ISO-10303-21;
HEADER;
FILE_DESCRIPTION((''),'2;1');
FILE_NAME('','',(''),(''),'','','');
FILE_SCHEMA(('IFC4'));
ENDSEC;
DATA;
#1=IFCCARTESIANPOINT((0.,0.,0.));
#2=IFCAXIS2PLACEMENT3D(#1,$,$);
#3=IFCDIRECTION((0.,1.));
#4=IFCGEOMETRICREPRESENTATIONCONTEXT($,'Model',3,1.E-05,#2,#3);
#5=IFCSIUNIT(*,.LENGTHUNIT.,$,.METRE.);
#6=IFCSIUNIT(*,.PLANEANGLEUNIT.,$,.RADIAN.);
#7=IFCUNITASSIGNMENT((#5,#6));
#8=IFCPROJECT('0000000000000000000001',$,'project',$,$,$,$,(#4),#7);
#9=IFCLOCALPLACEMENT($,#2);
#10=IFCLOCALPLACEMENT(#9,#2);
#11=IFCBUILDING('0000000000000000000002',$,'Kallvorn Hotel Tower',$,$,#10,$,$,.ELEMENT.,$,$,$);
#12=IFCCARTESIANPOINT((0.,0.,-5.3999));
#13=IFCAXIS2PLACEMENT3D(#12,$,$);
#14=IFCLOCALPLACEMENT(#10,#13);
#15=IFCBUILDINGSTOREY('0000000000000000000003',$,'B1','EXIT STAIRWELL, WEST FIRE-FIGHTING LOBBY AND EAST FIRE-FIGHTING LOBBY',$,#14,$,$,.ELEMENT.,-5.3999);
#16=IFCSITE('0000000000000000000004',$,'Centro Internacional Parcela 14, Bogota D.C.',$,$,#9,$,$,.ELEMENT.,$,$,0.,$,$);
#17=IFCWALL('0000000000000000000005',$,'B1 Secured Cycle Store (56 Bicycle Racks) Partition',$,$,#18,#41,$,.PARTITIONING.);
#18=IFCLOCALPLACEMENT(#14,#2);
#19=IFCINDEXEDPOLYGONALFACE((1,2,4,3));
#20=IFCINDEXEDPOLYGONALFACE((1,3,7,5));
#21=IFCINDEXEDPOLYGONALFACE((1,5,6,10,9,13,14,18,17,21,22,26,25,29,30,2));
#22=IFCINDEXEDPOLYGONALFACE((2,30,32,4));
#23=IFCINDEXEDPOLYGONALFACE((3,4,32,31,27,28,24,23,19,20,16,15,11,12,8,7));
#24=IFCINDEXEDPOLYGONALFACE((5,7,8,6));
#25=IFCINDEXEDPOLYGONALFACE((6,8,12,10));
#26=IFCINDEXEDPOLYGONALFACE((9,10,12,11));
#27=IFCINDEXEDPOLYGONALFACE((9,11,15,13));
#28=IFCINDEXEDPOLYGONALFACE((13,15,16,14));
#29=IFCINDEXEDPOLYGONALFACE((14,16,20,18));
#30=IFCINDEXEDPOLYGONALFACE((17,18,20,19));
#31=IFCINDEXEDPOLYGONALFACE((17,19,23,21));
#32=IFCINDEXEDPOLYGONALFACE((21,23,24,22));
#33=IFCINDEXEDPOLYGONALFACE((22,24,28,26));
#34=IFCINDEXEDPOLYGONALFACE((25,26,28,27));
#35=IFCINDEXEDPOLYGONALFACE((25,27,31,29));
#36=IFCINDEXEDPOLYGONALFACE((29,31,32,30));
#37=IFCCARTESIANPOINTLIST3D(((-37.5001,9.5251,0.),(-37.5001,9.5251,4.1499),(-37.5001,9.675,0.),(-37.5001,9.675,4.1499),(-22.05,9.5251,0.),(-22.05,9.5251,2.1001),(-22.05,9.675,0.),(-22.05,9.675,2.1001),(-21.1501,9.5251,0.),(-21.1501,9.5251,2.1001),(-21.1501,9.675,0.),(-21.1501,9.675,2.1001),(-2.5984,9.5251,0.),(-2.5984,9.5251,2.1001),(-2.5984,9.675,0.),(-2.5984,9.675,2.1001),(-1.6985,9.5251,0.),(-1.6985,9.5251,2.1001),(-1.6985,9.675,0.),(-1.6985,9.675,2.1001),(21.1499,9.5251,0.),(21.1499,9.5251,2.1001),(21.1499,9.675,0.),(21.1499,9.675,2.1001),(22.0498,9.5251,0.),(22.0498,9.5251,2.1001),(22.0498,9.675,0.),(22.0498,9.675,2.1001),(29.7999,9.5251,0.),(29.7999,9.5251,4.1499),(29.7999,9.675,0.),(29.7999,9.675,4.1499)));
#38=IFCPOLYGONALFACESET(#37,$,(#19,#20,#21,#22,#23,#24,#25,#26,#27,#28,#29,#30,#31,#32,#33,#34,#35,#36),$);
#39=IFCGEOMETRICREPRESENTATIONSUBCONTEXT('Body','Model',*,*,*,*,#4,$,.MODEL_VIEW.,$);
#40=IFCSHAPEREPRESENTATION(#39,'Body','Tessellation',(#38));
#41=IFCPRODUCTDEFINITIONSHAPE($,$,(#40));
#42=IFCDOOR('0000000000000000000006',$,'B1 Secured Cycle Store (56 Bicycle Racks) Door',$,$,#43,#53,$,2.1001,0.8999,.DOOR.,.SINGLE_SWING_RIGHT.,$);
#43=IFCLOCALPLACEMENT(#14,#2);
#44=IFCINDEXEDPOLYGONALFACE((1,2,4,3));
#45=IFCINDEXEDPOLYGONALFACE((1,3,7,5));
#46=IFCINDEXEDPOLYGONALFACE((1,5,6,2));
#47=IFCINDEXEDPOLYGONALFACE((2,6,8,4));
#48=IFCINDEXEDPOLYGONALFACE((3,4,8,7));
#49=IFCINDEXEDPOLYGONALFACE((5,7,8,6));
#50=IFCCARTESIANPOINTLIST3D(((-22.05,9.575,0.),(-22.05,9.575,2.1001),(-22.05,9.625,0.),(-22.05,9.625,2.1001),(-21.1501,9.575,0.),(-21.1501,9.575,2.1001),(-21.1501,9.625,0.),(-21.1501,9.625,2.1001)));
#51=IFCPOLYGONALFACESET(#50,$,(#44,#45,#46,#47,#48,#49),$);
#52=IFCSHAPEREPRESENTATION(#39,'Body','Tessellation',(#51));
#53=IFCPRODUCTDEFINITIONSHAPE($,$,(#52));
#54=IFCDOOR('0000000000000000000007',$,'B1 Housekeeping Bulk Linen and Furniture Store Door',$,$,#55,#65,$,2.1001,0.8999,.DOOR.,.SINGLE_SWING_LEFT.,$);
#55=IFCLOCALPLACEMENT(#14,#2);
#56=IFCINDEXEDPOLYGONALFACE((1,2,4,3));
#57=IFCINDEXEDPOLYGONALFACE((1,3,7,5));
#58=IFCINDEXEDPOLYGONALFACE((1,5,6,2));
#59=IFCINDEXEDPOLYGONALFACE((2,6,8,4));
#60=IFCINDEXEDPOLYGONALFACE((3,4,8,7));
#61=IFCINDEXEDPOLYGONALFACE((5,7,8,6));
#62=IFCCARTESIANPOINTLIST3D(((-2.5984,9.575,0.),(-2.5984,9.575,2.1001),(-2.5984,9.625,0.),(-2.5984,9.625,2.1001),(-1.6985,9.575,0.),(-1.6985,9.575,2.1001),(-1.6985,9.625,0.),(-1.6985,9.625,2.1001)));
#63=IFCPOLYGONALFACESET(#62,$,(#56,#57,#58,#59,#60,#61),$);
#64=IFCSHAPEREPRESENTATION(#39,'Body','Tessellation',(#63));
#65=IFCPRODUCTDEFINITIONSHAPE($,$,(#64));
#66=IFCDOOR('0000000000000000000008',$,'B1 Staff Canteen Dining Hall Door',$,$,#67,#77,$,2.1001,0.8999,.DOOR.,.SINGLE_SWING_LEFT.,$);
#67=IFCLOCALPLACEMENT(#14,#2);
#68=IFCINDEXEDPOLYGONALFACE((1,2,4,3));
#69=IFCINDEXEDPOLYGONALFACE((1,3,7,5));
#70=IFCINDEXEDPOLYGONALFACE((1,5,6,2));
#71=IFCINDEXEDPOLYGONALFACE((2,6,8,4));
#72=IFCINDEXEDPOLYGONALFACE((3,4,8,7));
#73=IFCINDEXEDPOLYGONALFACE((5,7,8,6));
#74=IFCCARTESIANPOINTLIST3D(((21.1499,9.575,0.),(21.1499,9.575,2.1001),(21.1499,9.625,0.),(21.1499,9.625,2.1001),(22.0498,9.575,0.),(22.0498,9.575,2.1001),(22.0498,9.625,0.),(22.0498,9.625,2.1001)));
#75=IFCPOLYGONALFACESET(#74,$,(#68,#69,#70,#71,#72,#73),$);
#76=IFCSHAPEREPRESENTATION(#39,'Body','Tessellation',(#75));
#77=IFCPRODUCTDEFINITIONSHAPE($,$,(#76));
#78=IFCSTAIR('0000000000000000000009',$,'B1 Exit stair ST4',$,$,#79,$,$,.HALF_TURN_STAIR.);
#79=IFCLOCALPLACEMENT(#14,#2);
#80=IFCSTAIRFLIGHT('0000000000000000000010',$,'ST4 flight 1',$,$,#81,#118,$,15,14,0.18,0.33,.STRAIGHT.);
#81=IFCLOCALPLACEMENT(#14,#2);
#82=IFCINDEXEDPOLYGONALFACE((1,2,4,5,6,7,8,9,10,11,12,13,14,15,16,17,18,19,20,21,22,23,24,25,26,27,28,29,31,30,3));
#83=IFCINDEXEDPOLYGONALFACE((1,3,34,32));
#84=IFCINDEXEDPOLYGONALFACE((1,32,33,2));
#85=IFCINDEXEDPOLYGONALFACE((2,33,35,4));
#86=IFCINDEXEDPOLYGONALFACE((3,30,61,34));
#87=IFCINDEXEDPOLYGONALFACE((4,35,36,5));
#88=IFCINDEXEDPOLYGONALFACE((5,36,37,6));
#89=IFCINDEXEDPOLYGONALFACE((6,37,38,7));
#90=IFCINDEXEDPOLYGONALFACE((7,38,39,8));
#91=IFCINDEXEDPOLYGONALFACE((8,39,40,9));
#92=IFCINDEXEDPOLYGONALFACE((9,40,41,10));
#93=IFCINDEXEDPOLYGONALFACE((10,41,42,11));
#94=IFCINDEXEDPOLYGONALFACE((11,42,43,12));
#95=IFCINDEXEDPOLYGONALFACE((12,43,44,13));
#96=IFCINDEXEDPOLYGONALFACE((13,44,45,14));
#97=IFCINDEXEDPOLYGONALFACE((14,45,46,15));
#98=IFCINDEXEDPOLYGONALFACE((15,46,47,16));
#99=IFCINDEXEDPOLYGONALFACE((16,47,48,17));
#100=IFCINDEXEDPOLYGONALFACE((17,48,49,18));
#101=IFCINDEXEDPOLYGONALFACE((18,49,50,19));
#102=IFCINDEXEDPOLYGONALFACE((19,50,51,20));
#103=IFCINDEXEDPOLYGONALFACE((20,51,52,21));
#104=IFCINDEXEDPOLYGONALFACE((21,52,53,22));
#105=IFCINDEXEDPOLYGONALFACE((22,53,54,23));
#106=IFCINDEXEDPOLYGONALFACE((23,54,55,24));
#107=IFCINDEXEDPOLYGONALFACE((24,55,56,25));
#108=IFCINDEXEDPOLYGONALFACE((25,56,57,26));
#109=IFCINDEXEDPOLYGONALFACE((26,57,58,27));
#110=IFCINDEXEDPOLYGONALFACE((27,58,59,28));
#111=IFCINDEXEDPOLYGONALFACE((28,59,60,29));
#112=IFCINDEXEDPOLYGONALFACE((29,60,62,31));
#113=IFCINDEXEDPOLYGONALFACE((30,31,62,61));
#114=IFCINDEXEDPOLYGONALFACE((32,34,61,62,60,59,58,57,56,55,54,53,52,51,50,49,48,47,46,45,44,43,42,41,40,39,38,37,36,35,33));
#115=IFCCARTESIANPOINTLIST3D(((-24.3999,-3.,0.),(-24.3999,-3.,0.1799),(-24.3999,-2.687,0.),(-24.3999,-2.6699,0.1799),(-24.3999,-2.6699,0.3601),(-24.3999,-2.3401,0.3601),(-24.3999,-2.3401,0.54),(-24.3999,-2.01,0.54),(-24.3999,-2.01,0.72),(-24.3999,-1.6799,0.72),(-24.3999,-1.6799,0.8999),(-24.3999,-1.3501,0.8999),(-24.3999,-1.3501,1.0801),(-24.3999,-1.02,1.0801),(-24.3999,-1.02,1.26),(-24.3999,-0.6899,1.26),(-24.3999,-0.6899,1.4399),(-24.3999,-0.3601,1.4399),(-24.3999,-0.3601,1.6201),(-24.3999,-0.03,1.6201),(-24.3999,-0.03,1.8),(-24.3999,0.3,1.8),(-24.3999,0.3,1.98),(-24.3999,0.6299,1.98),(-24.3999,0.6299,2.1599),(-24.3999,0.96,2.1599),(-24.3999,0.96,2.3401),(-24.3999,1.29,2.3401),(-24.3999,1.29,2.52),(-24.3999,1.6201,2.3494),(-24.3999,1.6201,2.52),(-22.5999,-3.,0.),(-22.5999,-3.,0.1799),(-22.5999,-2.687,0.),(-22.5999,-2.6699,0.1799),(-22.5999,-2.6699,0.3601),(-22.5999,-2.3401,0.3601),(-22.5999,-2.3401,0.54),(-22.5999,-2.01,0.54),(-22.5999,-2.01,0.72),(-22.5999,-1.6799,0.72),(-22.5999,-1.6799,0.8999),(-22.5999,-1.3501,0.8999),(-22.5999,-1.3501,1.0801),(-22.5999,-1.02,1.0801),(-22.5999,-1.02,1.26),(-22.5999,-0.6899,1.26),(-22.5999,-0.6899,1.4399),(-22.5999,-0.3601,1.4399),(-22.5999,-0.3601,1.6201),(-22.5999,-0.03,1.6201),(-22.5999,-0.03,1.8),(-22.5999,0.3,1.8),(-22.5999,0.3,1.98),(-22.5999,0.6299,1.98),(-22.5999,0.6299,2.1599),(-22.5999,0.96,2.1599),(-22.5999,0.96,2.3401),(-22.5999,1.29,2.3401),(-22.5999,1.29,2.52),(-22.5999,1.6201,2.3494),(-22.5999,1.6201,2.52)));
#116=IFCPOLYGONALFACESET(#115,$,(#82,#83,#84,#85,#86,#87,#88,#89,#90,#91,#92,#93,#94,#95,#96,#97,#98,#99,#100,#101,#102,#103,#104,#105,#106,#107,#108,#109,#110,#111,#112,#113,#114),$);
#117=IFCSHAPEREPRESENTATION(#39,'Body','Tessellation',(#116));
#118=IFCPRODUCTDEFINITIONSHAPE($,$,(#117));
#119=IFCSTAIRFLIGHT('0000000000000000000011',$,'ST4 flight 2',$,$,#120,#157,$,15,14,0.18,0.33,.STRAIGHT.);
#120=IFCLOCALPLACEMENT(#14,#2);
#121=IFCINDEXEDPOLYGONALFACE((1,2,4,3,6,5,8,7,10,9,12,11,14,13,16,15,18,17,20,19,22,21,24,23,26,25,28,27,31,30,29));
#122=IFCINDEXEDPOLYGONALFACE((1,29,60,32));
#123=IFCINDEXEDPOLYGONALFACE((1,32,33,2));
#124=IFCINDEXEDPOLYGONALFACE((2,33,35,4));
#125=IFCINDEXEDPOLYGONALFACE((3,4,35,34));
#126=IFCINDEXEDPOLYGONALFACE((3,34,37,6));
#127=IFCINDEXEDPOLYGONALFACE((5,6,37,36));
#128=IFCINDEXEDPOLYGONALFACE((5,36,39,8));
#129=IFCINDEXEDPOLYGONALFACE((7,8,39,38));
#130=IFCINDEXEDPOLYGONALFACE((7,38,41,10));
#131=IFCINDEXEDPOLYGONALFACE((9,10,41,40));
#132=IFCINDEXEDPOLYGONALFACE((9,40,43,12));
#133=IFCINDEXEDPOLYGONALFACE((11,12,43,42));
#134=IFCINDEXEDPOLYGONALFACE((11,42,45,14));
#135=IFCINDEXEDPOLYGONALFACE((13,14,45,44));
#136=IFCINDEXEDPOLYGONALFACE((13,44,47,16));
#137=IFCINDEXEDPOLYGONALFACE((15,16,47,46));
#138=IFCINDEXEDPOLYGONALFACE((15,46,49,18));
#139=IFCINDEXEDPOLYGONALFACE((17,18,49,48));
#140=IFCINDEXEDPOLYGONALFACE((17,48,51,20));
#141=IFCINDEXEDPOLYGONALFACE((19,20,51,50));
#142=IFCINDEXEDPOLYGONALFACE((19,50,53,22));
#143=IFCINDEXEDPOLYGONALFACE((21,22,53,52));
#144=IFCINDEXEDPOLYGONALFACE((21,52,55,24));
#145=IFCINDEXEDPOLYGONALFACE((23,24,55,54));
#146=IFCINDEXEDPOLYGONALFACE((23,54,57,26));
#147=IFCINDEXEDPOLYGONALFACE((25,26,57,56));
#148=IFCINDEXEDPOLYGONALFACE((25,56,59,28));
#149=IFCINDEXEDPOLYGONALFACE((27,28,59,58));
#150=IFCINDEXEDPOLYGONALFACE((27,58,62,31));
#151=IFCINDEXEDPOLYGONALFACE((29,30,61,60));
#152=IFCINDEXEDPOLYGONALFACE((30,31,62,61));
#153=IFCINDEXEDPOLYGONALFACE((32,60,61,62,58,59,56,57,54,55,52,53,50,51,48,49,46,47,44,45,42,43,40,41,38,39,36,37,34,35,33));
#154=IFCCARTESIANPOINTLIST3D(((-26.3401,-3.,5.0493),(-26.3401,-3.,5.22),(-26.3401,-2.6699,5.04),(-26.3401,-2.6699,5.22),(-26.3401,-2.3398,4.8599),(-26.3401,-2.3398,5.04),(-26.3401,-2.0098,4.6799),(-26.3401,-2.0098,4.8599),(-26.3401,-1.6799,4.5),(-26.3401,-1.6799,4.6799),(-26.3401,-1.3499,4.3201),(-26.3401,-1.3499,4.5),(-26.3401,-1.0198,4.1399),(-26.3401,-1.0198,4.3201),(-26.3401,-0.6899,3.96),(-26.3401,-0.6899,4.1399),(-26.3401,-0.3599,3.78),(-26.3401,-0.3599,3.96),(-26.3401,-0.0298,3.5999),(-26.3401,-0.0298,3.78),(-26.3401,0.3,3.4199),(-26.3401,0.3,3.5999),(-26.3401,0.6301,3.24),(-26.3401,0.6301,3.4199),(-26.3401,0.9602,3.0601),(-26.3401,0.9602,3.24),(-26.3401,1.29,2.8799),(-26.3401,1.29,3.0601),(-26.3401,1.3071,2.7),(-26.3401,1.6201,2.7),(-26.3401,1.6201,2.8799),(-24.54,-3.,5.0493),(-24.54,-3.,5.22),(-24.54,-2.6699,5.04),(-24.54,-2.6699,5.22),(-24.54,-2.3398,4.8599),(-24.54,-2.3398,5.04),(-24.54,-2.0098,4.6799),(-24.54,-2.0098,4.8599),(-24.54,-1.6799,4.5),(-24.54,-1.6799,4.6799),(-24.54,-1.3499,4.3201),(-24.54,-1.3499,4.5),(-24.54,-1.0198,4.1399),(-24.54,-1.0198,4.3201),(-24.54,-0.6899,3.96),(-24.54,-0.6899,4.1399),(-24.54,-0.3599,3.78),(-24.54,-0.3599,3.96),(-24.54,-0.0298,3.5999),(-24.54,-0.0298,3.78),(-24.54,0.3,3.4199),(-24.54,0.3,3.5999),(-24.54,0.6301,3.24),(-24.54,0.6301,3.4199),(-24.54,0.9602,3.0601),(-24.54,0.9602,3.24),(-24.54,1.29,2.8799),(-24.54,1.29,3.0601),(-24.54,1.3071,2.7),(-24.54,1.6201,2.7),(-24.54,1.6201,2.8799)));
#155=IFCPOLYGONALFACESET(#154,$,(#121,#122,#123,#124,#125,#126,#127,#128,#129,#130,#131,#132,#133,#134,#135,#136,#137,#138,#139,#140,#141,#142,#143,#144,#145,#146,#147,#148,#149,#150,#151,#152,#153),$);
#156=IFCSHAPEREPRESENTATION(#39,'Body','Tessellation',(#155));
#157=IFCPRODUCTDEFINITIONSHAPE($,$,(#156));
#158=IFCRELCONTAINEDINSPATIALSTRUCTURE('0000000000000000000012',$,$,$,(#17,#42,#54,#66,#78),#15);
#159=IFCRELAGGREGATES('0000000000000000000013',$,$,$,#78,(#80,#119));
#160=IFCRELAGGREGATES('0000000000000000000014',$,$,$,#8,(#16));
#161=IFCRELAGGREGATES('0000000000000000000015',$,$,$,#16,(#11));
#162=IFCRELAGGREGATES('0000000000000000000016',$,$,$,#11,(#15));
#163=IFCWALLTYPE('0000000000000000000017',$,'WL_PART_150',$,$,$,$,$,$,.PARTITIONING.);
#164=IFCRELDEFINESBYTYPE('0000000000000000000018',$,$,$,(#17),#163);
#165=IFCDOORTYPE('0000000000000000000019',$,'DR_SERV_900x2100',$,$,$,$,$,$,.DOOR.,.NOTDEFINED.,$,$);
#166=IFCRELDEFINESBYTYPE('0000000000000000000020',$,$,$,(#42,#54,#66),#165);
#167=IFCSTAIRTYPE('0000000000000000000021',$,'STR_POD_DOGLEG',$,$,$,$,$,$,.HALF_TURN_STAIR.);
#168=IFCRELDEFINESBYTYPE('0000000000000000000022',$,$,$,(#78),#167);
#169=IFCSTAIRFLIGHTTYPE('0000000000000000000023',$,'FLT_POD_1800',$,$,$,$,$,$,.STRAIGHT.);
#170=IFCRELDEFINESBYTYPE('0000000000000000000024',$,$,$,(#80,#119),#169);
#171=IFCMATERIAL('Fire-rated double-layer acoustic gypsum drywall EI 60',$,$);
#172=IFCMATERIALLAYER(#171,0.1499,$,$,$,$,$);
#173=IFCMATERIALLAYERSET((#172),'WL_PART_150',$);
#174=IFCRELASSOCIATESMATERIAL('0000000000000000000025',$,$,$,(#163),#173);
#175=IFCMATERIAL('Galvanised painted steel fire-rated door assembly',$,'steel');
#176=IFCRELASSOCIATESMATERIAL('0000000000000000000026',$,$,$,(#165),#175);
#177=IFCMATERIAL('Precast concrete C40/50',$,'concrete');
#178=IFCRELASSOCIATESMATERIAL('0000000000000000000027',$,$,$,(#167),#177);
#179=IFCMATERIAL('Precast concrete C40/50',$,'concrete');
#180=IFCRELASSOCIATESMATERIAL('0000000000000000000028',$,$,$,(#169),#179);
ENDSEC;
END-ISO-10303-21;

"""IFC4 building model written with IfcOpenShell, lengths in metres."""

from ifc_helpers import new_model, si_unit, direction, frame, frame_2d, origin, place, context, subcontext, project, spatial, polyline, rectangle, outline, extrude, material, layer, layer_set, type_object, element, fill, aggregate, save


model = new_model("IFC4")

# Units and contexts
model_context = context("Model", 3, precision=1e-05, world=origin(), true_north=direction((0.0, 1.0)))
body_context = subcontext(model_context, "Body", "Model", "MODEL_VIEW")
ifc_project = project(units=[si_unit("LENGTHUNIT", "METRE"), si_unit("PLANEANGLEUNIT", "RADIAN")], contexts=[model_context])

# Site, building, storey
site_placement = place(None, origin())
site = spatial("IfcSite", under=ifc_project, at=site_placement, Name="Centro Internacional Parcela 14, Bogota D.C.", CompositionType="ELEMENT", RefElevation=0.0)
building_placement = place(site_placement, origin())
building = spatial("IfcBuilding", under=site, at=building_placement, Name="Kallvorn Hotel Tower", CompositionType="ELEMENT")
storey_placement = place(building_placement, frame((0.0, 0.0, -5.3999)))
storey = spatial("IfcBuildingStorey", under=building, at=storey_placement, Name="B1", Description="EXIT STAIRWELL, WEST FIRE-FIGHTING LOBBY AND EAST FIRE-FIGHTING LOBBY", CompositionType="ELEMENT", Elevation=-5.3999)

# Wall, openings, doors
ifc_material_1 = material(Name="Fire-rated double-layer acoustic gypsum drywall EI 60")
ifc_layer_1 = layer(ifc_material_1, 0.1499)
ifc_layer_set_1 = layer_set([ifc_layer_1], Name="WL_PART_150")
wall_type_1 = type_object("IfcWallType", Name="WL_PART_150", PredefinedType="PARTITIONING", material=ifc_layer_set_1)
wall_1_placement = place(storey_placement, frame((-37.5, 9.6001, 0.0), z_axis=(0.0, 0.0, 1.0), x_axis=(1.0, 0.0, 0.0)))
wall_1 = element("IfcWall", 1, at=wall_1_placement, inside=storey, type_object=wall_type_1, Name="B1 Secured Cycle Store (56 Bicycle Racks) Partition", PredefinedType="PARTITIONING", context=body_context, shape_type="SweptSolid", body=[
    extrude(rectangle(XDim=67.3, YDim=0.1499, at=frame_2d((33.6499, 0.0))), origin(), (0.0, 0.0, 1.0), 4.1499),
])
opening_1_placement = place(wall_1_placement, frame((15.45, 0.0, 0.0)))
opening_1 = element("IfcOpeningElement", 2, at=opening_1_placement, cuts=wall_1, PredefinedType="OPENING", context=body_context, shape_type="SweptSolid", body=[
    extrude(rectangle(XDim=0.8999, YDim=2.1001, at=frame_2d((0.45, 1.05))), frame((0.0, 0.0898, 0.0), z_axis=(0.0, -1.0, 0.0), x_axis=(1.0, 0.0, 0.0)), (0.0, 0.0, 1.0), 0.1799),
])
opening_2_placement = place(wall_1_placement, frame((34.9016, 0.0, 0.0)))
opening_2 = element("IfcOpeningElement", 3, at=opening_2_placement, cuts=wall_1, PredefinedType="OPENING", context=body_context, shape_type="SweptSolid", body=[
    extrude(rectangle(XDim=0.8999, YDim=2.1001, at=frame_2d((0.45, 1.05))), frame((0.0, 0.0898, 0.0), z_axis=(0.0, -1.0, 0.0), x_axis=(1.0, 0.0, 0.0)), (0.0, 0.0, 1.0), 0.1799),
])
opening_3_placement = place(wall_1_placement, frame((58.6499, 0.0, 0.0)))
opening_3 = element("IfcOpeningElement", 4, at=opening_3_placement, cuts=wall_1, PredefinedType="OPENING", context=body_context, shape_type="SweptSolid", body=[
    extrude(rectangle(XDim=0.8999, YDim=2.1001, at=frame_2d((0.45, 1.05))), frame((0.0, 0.0898, 0.0), z_axis=(0.0, -1.0, 0.0), x_axis=(1.0, 0.0, 0.0)), (0.0, 0.0, 1.0), 0.1799),
])
ifc_material_2 = material(Name="Galvanised painted steel fire-rated door assembly", Category="steel")
door_type = type_object("IfcDoorType", Name="DR_SERV_900x2100", OperationType="NOTDEFINED", PredefinedType="DOOR", material=ifc_material_2)
door_1_placement = place(opening_1_placement, origin())
door_1 = element("IfcDoor", 5, at=door_1_placement, inside=storey, type_object=door_type, Name="B1 Secured Cycle Store (56 Bicycle Racks) Door", OperationType="SINGLE_SWING_RIGHT", OverallHeight=2.1001, OverallWidth=0.8999, PredefinedType="DOOR", context=body_context, shape_type="SweptSolid", body=[
    extrude(rectangle(XDim=0.8999, YDim=2.1001, at=frame_2d((0.45, 1.05))), frame((0.0, 0.0249, 0.0), z_axis=(0.0, -1.0, 0.0), x_axis=(1.0, 0.0, 0.0)), (0.0, 0.0, 1.0), 0.05),
])
fill(opening_1, door_1)
door_2_placement = place(opening_2_placement, origin())
door_2 = element("IfcDoor", 6, at=door_2_placement, inside=storey, type_object=door_type, Name="B1 Housekeeping Bulk Linen and Furniture Store Door", OperationType="SINGLE_SWING_LEFT", OverallHeight=2.1001, OverallWidth=0.8999, PredefinedType="DOOR", context=body_context, shape_type="SweptSolid", body=[
    extrude(rectangle(XDim=0.8999, YDim=2.1001, at=frame_2d((0.45, 1.05))), frame((0.0, 0.0249, 0.0), z_axis=(0.0, -1.0, 0.0), x_axis=(1.0, 0.0, 0.0)), (0.0, 0.0, 1.0), 0.05),
])
fill(opening_2, door_2)
door_3_placement = place(opening_3_placement, origin())
door_3 = element("IfcDoor", 7, at=door_3_placement, inside=storey, type_object=door_type, Name="B1 Staff Canteen Dining Hall Door", OperationType="SINGLE_SWING_LEFT", OverallHeight=2.1001, OverallWidth=0.8999, PredefinedType="DOOR", context=body_context, shape_type="SweptSolid", body=[
    extrude(rectangle(XDim=0.8999, YDim=2.1001, at=frame_2d((0.45, 1.05))), frame((0.0, 0.0249, 0.0), z_axis=(0.0, -1.0, 0.0), x_axis=(1.0, 0.0, 0.0)), (0.0, 0.0, 1.0), 0.05),
])
fill(opening_3, door_3)

# Stair, stair flights
ifc_material_3 = material(Name="Precast concrete C40/50", Category="concrete")
stair_type = type_object("IfcStairType", Name="STR_POD_DOGLEG", PredefinedType="HALF_TURN_STAIR", material=ifc_material_3)
stair_placement = place(storey_placement, origin())
stair = element("IfcStair", 8, at=stair_placement, inside=storey, type_object=stair_type, Name="B1 Exit stair ST4", PredefinedType="HALF_TURN_STAIR")
ifc_material_4 = material(Name="Precast concrete C40/50", Category="concrete")
stair_flight_type = type_object("IfcStairFlightType", Name="FLT_POD_1800", PredefinedType="STRAIGHT", material=ifc_material_4)
stair_flight_1_placement = place(storey_placement, frame((-23.5, -3.0, 0.0), z_axis=(0.0, 0.0, 1.0), x_axis=(0.0, 1.0, 0.0)))
stair_flight_1 = element("IfcStairFlight", 9, at=stair_flight_1_placement, type_object=stair_flight_type, Name="ST4 flight 1", NumberOfRisers=15, NumberOfTreads=14, PredefinedType="STRAIGHT", RiserHeight=0.18, TreadLength=0.33, context=body_context, shape_type="SweptSolid", body=[
    extrude(outline(polyline([(0.0, 0.0), (0.0, 0.1799), (0.3301, 0.1799), (0.3301, 0.3601), (0.6599, 0.3601), (0.6599, 0.54), (0.99, 0.54), (0.99, 0.72), (1.3201, 0.72), (1.3201, 0.8999), (1.6499, 0.8999), (1.6499, 1.0801), (1.98, 1.0801), (1.98, 1.26), (2.3101, 1.26), (2.3101, 1.4399), (2.6399, 1.4399), (2.6399, 1.6201), (2.97, 1.6201), (2.97, 1.8), (3.3, 1.8), (3.3, 1.98), (3.6299, 1.98), (3.6299, 2.1599), (3.96, 2.1599), (3.96, 2.3401), (4.29, 2.3401), (4.29, 2.52), (4.6201, 2.52), (4.6201, 2.7), (4.6201, 2.3494), (0.313, 0.0), (0.0, 0.0)])), frame((0.0, 0.8999, 0.0), z_axis=(0.0, -1.0, 0.0), x_axis=(1.0, 0.0, 0.0)), (0.0, 0.0, 1.0), 1.8),
])
stair_flight_2_placement = place(storey_placement, frame((-25.4399, 1.6201, 2.7), z_axis=(0.0, 0.0, 1.0), x_axis=(0.0, -1.0, 0.0)))
stair_flight_2 = element("IfcStairFlight", 10, at=stair_flight_2_placement, type_object=stair_flight_type, Name="ST4 flight 2", NumberOfRisers=15, NumberOfTreads=14, PredefinedType="STRAIGHT", RiserHeight=0.18, TreadLength=0.33, context=body_context, shape_type="SweptSolid", body=[
    extrude(outline(polyline([(0.0, 0.0), (0.0, 0.1799), (0.3301, 0.1799), (0.3301, 0.3601), (0.6599, 0.3601), (0.6599, 0.54), (0.99, 0.54), (0.99, 0.72), (1.3201, 0.72), (1.3201, 0.8999), (1.6499, 0.8999), (1.6499, 1.0801), (1.98, 1.0801), (1.98, 1.26), (2.3101, 1.26), (2.3101, 1.4399), (2.6399, 1.4399), (2.6399, 1.6201), (2.97, 1.6201), (2.97, 1.8), (3.3, 1.8), (3.3, 1.98), (3.6299, 1.98), (3.6299, 2.1599), (3.96, 2.1599), (3.96, 2.3401), (4.29, 2.3401), (4.29, 2.52), (4.6201, 2.52), (4.6201, 2.7), (4.6201, 2.3494), (0.313, 0.0), (0.0, 0.0)])), frame((0.0, 0.8999, 0.0), z_axis=(0.0, -1.0, 0.0), x_axis=(1.0, 0.0, 0.0)), (0.0, 0.0, 1.0), 1.8),
])
aggregate(stair, [stair_flight_1, stair_flight_2])

save(model, "model.ifc")
